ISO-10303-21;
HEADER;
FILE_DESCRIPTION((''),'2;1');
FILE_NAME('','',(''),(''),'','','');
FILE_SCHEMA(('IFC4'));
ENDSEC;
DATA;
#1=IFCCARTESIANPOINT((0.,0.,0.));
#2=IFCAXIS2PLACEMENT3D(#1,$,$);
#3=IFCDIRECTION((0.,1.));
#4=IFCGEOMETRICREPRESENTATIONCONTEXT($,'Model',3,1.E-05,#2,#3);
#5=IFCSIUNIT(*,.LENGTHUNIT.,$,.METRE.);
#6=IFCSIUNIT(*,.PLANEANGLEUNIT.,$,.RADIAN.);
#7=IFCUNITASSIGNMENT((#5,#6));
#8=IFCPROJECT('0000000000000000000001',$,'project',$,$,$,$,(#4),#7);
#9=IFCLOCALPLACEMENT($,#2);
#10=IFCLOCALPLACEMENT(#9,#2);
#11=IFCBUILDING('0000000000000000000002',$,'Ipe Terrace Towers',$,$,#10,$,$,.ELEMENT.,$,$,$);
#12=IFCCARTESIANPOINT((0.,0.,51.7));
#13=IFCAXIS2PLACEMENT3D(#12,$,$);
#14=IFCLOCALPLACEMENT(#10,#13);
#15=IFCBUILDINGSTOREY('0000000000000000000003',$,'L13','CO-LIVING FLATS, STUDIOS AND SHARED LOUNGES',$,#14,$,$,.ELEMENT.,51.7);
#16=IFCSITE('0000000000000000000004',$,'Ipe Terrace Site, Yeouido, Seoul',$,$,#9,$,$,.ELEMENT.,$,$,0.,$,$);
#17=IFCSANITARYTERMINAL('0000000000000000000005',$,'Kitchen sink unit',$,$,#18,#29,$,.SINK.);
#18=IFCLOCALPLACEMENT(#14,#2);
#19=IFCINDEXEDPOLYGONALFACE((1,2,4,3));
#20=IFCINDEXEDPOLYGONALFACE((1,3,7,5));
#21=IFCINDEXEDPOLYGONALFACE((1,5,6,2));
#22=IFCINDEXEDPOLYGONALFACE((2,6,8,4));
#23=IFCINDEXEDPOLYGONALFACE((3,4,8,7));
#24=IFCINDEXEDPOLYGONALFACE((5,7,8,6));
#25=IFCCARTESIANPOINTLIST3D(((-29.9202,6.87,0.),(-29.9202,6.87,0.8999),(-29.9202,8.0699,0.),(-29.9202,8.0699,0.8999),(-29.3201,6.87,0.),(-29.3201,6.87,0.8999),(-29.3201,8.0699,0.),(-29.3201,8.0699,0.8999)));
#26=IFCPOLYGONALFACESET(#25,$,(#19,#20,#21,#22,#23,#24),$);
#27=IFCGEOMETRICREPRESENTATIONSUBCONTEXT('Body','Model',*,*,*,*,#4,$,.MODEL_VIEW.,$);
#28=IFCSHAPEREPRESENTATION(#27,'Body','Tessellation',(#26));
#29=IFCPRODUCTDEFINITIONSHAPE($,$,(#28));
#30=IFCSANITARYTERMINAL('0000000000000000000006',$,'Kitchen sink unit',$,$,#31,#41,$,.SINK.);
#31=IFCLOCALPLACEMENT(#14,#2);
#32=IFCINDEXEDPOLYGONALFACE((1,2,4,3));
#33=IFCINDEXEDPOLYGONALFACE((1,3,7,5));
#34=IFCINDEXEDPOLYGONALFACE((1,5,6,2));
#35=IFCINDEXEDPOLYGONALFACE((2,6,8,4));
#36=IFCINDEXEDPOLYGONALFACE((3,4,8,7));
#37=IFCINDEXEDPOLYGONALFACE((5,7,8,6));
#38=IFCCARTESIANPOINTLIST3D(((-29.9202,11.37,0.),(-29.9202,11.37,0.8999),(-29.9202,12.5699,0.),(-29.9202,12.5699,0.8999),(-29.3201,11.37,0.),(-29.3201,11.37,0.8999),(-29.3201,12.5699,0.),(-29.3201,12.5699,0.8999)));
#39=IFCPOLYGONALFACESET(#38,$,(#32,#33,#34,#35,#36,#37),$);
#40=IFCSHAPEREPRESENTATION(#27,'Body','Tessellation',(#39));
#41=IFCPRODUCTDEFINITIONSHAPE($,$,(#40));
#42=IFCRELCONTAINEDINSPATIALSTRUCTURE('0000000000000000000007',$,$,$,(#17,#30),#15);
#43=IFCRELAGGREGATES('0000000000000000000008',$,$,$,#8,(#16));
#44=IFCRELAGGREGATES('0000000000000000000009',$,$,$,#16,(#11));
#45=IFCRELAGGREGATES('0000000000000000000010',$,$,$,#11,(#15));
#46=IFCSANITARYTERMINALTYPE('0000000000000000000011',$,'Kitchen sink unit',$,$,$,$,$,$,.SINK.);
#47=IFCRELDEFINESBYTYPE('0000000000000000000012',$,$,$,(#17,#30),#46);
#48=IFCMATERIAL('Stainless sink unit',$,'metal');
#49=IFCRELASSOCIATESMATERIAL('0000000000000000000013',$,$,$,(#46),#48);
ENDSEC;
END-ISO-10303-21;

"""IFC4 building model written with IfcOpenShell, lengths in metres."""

from ifc_helpers import new_model, si_unit, direction, frame, origin, origin_2d, place, context, subcontext, project, spatial, rectangle, extrude, material, type_object, element, save


model = new_model("IFC4")

# Units and contexts
model_context = context("Model", 3, precision=1e-05, world=origin(), true_north=direction((0.0, 1.0)))
body_context = subcontext(model_context, "Body", "Model", "MODEL_VIEW")
ifc_project = project(units=[si_unit("LENGTHUNIT", "METRE"), si_unit("PLANEANGLEUNIT", "RADIAN")], contexts=[model_context])

# Site, building, storey
site_placement = place(None, origin())
site = spatial("IfcSite", under=ifc_project, at=site_placement, Name="Ipe Terrace Site, Yeouido, Seoul", CompositionType="ELEMENT", RefElevation=0.0)
building_placement = place(site_placement, origin())
building = spatial("IfcBuilding", under=site, at=building_placement, Name="Ipe Terrace Towers", CompositionType="ELEMENT")
storey_placement = place(building_placement, frame((0.0, 0.0, 51.7)))
storey = spatial("IfcBuildingStorey", under=building, at=storey_placement, Name="L13", Description="CO-LIVING FLATS, STUDIOS AND SHARED LOUNGES", CompositionType="ELEMENT", Elevation=51.7)

# Sanitary terminals
ifc_material_1 = material(Name="Stainless sink unit", Category="metal")
sanitary_terminal_type = type_object("IfcSanitaryTerminalType", Name="Kitchen sink unit", PredefinedType="SINK", material=ifc_material_1)
for number, where, z_axis, x_axis, name in (
    (1, (-29.6201, 7.47, 0.0), (0.0, 0.0, 1.0), (0.0, -1.0, 0.0), "Kitchen sink unit"),
    (2, (-29.6201, 11.97, 0.0), (0.0, 0.0, 1.0), (0.0, -1.0, 0.0), "Kitchen sink unit"),
):
    element("IfcSanitaryTerminal", number, at=place(storey_placement, frame(where, z_axis=z_axis, x_axis=x_axis)), inside=storey, type_object=sanitary_terminal_type, Name=name, PredefinedType="SINK", context=body_context, shape_type="SweptSolid", body=[
        extrude(rectangle(XDim=1.2, YDim=0.6001, at=origin_2d()), origin(), (0.0, 0.0, 1.0), 0.8999),
    ])

save(model, "model.ifc")
